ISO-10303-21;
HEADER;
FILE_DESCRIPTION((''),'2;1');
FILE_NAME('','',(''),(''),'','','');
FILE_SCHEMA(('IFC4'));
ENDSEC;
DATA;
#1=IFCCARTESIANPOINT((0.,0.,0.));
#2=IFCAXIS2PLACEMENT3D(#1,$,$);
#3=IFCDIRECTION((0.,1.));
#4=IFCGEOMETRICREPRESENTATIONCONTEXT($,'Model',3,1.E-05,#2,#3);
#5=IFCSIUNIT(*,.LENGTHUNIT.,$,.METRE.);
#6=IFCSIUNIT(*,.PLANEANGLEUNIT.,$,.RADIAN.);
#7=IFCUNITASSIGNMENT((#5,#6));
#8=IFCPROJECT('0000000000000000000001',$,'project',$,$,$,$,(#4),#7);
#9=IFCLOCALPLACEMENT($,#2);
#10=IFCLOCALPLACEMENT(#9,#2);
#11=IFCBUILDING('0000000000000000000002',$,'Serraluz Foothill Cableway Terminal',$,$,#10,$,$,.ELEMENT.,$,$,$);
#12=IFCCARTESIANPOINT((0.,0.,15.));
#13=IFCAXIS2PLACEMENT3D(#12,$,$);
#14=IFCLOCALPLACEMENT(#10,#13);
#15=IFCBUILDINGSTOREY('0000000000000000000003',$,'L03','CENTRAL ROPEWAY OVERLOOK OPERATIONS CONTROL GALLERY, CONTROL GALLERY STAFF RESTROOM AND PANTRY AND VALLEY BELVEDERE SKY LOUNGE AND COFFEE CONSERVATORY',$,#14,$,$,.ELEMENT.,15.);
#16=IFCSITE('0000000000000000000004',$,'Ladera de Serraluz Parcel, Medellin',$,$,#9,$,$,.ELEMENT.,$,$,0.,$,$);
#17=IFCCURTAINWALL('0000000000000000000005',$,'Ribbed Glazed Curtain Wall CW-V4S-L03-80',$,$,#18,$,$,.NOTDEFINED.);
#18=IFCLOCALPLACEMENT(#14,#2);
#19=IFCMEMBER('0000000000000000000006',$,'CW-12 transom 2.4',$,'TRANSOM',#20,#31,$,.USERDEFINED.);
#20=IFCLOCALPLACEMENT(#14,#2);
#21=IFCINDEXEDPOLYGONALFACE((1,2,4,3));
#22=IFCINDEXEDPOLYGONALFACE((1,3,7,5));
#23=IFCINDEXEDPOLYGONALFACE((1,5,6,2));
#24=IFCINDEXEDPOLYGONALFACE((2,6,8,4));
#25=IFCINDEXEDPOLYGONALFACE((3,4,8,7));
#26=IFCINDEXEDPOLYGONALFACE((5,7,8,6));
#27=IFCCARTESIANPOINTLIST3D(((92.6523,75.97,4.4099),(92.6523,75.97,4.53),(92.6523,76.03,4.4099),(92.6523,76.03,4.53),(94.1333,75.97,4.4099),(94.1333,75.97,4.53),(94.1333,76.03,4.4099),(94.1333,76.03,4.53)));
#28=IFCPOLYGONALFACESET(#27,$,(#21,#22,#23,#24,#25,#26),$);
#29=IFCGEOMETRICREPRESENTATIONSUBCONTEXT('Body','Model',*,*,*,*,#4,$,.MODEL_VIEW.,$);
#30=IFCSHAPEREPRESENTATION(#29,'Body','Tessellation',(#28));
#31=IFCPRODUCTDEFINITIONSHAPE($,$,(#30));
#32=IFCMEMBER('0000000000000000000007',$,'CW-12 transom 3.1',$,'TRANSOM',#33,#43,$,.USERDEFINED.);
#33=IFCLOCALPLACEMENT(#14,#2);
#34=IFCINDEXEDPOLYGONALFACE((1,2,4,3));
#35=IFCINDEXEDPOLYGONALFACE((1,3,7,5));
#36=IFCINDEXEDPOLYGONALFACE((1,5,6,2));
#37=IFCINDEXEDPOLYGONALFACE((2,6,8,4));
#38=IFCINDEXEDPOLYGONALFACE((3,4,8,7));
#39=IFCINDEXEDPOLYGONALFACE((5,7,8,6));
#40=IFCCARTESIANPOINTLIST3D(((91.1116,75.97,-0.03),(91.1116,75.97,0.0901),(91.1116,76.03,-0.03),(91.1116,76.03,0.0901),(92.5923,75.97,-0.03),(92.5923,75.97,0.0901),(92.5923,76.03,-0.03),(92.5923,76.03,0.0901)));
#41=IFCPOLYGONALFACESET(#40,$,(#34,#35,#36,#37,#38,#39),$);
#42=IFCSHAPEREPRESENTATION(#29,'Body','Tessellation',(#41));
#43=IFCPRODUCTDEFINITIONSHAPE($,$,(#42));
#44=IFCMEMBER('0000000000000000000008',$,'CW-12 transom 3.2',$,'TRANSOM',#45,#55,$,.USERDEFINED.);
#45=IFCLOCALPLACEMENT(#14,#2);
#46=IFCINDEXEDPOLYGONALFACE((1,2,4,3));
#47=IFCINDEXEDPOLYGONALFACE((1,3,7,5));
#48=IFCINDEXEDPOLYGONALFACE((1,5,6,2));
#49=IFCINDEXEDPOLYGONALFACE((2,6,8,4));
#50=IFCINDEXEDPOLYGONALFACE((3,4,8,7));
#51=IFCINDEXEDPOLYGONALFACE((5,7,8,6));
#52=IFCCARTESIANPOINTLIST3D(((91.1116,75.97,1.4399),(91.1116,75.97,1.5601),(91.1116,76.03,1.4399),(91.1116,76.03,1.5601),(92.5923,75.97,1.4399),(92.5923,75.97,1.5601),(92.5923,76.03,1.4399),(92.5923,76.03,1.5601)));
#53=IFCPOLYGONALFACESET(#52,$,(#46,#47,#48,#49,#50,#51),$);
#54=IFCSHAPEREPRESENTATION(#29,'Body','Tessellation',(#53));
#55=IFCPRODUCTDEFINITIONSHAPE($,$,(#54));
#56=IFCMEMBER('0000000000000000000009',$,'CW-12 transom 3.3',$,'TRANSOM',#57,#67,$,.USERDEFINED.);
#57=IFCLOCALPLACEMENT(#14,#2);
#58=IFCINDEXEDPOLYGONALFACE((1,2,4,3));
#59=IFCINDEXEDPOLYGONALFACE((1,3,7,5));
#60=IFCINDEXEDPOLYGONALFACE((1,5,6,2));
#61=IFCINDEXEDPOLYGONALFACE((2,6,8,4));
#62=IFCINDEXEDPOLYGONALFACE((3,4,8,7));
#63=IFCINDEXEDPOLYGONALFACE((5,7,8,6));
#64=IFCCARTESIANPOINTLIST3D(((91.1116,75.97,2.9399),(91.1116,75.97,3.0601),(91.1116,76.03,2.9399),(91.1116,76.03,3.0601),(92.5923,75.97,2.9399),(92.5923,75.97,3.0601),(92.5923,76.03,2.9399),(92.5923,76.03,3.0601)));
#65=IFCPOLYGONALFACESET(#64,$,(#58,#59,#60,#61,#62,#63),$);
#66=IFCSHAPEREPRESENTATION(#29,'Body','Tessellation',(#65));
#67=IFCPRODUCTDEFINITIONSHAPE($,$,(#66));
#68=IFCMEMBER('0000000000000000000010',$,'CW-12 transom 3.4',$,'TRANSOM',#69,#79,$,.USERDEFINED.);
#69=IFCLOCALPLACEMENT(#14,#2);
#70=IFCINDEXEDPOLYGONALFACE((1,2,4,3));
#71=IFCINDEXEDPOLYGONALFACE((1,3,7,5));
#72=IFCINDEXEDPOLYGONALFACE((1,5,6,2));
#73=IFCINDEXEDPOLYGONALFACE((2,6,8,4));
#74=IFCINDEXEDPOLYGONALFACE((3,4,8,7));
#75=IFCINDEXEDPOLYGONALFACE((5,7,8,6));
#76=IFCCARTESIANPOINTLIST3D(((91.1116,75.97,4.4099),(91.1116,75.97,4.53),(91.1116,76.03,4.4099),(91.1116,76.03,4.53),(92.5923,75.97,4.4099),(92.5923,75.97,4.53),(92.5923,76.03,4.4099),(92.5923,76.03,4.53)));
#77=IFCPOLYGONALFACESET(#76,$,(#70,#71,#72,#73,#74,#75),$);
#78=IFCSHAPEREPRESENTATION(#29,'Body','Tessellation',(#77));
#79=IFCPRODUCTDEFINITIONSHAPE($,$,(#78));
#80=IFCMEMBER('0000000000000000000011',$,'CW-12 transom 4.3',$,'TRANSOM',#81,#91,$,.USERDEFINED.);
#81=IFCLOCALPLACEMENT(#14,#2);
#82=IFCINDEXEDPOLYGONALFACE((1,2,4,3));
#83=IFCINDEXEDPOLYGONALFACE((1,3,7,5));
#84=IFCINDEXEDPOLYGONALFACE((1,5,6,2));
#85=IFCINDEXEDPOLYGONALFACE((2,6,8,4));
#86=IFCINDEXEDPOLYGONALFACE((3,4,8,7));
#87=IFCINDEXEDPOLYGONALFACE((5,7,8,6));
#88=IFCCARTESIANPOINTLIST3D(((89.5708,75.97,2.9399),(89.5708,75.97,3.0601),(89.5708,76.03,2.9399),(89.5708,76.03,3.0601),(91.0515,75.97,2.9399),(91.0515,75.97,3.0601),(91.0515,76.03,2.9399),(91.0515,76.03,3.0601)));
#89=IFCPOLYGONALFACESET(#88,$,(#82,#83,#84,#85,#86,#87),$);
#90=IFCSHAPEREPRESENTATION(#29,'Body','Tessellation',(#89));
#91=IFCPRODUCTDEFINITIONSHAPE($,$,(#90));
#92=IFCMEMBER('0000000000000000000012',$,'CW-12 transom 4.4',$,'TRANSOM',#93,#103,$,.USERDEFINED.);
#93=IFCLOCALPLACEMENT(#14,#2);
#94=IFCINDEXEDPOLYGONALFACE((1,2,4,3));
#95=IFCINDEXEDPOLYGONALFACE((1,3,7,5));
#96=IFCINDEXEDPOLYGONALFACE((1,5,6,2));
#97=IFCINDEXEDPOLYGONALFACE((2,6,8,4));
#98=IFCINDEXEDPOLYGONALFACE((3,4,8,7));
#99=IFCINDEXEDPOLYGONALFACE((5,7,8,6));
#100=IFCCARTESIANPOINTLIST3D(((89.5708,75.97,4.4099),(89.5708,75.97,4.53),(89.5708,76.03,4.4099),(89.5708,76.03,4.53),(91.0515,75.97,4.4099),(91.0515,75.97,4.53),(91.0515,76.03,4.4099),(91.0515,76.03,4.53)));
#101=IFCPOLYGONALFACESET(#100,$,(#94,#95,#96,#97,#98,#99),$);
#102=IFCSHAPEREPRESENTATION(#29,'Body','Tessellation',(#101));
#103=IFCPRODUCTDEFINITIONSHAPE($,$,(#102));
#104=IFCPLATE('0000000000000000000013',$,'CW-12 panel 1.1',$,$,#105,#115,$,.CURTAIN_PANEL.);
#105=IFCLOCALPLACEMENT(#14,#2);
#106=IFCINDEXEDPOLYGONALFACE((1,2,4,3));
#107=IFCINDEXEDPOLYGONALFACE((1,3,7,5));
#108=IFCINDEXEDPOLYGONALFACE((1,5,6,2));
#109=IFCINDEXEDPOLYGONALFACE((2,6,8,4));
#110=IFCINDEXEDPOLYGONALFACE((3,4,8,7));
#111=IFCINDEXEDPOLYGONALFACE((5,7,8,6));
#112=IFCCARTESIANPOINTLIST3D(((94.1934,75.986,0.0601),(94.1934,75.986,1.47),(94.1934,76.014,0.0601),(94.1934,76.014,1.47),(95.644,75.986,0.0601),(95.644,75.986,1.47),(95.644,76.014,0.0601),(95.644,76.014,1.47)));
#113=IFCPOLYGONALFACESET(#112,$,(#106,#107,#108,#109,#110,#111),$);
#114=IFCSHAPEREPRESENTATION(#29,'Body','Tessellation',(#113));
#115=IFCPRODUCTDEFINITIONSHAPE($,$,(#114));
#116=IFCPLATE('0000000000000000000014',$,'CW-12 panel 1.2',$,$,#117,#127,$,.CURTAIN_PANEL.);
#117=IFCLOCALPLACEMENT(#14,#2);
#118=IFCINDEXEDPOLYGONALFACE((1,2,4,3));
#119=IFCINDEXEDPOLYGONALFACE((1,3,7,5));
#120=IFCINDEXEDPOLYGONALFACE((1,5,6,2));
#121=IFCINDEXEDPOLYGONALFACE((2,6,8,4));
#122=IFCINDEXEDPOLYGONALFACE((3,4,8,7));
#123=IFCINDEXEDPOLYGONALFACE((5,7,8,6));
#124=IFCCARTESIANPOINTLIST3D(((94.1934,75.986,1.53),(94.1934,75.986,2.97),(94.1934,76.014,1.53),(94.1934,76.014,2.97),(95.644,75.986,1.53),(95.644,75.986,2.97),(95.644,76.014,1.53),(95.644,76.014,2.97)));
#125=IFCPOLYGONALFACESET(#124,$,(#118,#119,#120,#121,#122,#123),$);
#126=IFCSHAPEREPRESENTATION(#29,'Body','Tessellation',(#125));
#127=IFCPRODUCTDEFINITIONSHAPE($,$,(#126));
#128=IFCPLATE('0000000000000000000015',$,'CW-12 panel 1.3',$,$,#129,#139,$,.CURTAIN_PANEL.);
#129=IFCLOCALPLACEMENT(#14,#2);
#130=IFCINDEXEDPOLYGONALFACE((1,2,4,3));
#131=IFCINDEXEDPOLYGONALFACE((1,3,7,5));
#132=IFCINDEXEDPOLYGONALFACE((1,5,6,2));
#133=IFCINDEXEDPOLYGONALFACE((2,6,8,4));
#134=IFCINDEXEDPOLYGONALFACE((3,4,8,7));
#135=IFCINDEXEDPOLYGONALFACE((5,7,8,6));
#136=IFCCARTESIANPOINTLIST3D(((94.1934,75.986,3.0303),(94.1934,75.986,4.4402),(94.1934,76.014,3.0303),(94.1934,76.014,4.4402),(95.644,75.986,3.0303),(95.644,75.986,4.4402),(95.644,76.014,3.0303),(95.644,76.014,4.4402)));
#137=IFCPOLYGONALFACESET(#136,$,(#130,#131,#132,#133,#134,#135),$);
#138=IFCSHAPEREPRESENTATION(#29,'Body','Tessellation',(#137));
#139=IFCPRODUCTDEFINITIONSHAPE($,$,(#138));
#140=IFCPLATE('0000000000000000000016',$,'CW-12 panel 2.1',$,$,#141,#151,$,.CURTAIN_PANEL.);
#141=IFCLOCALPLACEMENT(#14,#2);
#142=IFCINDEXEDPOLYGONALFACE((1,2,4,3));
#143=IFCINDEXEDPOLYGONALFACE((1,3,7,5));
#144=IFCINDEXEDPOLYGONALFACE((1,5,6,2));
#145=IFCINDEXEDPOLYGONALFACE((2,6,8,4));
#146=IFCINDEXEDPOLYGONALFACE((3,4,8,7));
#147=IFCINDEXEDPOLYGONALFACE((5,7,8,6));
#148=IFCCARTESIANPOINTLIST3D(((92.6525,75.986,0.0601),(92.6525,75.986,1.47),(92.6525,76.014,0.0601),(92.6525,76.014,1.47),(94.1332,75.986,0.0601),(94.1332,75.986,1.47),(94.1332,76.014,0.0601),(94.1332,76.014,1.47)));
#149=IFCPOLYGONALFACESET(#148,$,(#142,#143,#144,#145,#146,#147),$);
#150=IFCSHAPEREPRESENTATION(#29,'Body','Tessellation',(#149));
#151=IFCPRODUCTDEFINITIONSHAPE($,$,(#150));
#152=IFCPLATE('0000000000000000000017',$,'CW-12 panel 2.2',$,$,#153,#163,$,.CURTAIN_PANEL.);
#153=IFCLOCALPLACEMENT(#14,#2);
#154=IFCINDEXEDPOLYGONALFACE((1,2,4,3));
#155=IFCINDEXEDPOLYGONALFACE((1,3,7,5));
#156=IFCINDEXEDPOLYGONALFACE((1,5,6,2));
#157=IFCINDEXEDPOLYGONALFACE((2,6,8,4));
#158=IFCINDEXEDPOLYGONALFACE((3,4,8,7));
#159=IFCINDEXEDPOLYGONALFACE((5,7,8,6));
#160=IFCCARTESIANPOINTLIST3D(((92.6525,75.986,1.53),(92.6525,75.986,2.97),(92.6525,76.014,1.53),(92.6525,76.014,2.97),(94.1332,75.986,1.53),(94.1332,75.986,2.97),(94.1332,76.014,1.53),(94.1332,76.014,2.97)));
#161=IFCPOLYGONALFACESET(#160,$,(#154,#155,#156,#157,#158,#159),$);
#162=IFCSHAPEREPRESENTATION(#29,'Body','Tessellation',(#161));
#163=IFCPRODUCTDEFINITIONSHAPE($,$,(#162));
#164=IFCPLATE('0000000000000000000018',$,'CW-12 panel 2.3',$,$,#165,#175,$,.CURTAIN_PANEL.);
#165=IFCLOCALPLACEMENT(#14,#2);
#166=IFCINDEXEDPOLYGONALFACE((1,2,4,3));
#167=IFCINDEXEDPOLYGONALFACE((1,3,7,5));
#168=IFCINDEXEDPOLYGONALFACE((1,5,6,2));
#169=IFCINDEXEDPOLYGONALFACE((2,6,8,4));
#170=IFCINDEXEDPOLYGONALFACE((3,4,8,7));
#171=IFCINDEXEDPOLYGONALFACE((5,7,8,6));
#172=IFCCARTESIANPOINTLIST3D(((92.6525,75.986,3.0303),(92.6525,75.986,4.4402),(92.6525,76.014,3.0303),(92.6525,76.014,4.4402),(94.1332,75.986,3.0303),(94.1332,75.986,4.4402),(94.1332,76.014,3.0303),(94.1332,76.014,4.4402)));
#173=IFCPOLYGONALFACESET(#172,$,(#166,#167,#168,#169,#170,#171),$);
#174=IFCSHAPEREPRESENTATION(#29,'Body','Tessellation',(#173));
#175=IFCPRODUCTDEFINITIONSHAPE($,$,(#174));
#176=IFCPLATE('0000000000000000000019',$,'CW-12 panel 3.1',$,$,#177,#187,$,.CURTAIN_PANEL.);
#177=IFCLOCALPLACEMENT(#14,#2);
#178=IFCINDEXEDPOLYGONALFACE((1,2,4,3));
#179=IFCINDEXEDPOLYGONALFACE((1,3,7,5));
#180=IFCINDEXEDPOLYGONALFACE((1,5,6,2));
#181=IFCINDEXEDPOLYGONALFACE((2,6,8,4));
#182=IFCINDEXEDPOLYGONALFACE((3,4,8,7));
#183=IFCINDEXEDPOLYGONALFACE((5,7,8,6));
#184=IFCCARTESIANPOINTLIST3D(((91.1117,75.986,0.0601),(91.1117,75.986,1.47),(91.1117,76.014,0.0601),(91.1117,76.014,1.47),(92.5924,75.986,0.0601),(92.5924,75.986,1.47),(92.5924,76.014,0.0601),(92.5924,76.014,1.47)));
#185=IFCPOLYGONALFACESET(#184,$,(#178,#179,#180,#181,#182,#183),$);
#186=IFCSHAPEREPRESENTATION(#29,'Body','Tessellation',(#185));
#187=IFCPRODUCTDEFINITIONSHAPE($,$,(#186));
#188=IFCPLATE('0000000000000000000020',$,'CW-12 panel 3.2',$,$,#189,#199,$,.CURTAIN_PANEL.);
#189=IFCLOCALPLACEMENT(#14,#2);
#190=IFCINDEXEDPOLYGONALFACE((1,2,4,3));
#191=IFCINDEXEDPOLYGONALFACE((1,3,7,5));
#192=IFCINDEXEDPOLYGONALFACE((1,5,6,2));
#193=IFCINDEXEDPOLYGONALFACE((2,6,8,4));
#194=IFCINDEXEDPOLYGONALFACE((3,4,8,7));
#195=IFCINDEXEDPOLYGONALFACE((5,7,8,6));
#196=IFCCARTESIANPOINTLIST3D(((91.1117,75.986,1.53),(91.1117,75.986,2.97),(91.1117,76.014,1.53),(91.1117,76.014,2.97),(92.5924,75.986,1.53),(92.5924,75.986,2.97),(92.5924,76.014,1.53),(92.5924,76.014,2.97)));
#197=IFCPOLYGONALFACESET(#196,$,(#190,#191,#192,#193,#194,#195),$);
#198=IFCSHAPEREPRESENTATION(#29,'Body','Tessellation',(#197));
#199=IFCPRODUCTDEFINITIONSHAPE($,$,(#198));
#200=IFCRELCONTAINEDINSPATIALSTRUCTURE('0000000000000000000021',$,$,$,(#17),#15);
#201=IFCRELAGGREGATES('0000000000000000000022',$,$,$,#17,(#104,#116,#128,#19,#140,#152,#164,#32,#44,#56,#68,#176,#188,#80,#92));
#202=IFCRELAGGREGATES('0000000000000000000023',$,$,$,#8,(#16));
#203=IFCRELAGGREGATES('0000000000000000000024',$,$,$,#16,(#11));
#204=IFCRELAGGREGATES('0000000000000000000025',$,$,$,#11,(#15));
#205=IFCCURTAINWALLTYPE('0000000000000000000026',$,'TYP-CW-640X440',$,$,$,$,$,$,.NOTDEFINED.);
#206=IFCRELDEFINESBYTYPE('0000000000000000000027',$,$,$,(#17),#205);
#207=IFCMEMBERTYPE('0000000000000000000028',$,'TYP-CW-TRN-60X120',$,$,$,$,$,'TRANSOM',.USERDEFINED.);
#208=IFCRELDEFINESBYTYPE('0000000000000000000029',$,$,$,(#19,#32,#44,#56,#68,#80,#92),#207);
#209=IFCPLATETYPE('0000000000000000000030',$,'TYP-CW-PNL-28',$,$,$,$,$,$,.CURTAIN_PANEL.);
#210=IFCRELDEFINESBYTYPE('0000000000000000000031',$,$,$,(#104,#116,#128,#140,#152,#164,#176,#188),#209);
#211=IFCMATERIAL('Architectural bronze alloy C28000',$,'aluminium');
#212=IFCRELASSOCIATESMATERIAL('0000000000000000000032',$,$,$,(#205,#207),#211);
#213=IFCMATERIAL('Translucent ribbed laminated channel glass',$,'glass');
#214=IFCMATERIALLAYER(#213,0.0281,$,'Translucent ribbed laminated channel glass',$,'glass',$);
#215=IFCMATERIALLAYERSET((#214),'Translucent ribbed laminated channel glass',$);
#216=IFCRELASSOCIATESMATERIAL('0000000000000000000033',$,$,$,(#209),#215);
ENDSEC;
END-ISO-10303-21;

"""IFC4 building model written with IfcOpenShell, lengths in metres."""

from ifc_helpers import new_model, si_unit, direction, frame, origin, origin_2d, place, context, subcontext, project, spatial, rectangle, extrude, material, layer, layer_set, material_profile, profile_set, type_object, element, aggregate, save


model = new_model("IFC4")

# Units and contexts
model_context = context("Model", 3, precision=1e-05, world=origin(), true_north=direction((0.0, 1.0)))
body_context = subcontext(model_context, "Body", "Model", "MODEL_VIEW")
ifc_project = project(units=[si_unit("LENGTHUNIT", "METRE"), si_unit("PLANEANGLEUNIT", "RADIAN")], contexts=[model_context])

# Site, building, storey
site_placement = place(None, origin())
site = spatial("IfcSite", under=ifc_project, at=site_placement, Name="Ladera de Serraluz Parcel, Medellin", CompositionType="ELEMENT", RefElevation=0.0)
building_placement = place(site_placement, origin())
building = spatial("IfcBuilding", under=site, at=building_placement, Name="Serraluz Foothill Cableway Terminal", CompositionType="ELEMENT")
storey_placement = place(building_placement, frame((0.0, 0.0, 15.0)))
storey = spatial("IfcBuildingStorey", under=building, at=storey_placement, Name="L03", Description="CENTRAL ROPEWAY OVERLOOK OPERATIONS CONTROL GALLERY, CONTROL GALLERY STAFF RESTROOM AND PANTRY AND VALLEY BELVEDERE SKY LOUNGE AND COFFEE CONSERVATORY", CompositionType="ELEMENT", Elevation=15.0)

# Curtain wall, members, plates
ifc_material_1 = material(Name="Architectural bronze alloy C28000", Category="aluminium")
curtain_wall_type = type_object("IfcCurtainWallType", Name="TYP-CW-640X440", PredefinedType="NOTDEFINED", material=ifc_material_1)
curtain_wall_placement = place(storey_placement, origin())
curtain_wall = element("IfcCurtainWall", 1, at=curtain_wall_placement, inside=storey, type_object=curtain_wall_type, Name="Ribbed Glazed Curtain Wall CW-V4S-L03-80", PredefinedType="NOTDEFINED")
ifc_material_profile_1 = material_profile(ifc_material_1, rectangle(XDim=0.0601, YDim=0.1201, at=origin_2d()), Name="ALU TRANSOM 60x120")
ifc_profile_set_1 = profile_set([ifc_material_profile_1], Name="Architectural bronze alloy C28000")
member_type_1 = type_object("IfcMemberType", Name="TYP-CW-TRN-60X120", ElementType="TRANSOM", PredefinedType="USERDEFINED", material=ifc_profile_set_1)
member_1_placement = place(storey_placement, frame((94.1333, 76.0, 4.47), z_axis=(-1.0, 0.0, 0.0), x_axis=(0.0, -1.0, 0.0)))
member_1 = element("IfcMember", 2, at=member_1_placement, type_object=member_type_1, Name="CW-12 transom 2.4", ObjectType="TRANSOM", PredefinedType="USERDEFINED", context=body_context, shape_type="SweptSolid", body=[
    extrude(rectangle(XDim=0.0601, YDim=0.1201, at=origin_2d()), origin(), (0.0, 0.0, 1.0), 1.481),
])
member_2_placement = place(storey_placement, frame((92.5923, 76.0, 0.03), z_axis=(-1.0, 0.0, 0.0), x_axis=(0.0, -1.0, 0.0)))
member_2 = element("IfcMember", 3, at=member_2_placement, type_object=member_type_1, Name="CW-12 transom 3.1", ObjectType="TRANSOM", PredefinedType="USERDEFINED", context=body_context, shape_type="SweptSolid", body=[
    extrude(rectangle(XDim=0.0601, YDim=0.1201, at=origin_2d()), origin(), (0.0, 0.0, 1.0), 1.4807),
])
member_3_placement = place(storey_placement, frame((92.5923, 76.0, 1.5), z_axis=(-1.0, 0.0, 0.0), x_axis=(0.0, -1.0, 0.0)))
member_3 = element("IfcMember", 4, at=member_3_placement, type_object=member_type_1, Name="CW-12 transom 3.2", ObjectType="TRANSOM", PredefinedType="USERDEFINED", context=body_context, shape_type="SweptSolid", body=[
    extrude(rectangle(XDim=0.0601, YDim=0.1201, at=origin_2d()), origin(), (0.0, 0.0, 1.0), 1.4807),
])
member_4_placement = place(storey_placement, frame((92.5923, 76.0, 3.0), z_axis=(-1.0, 0.0, 0.0), x_axis=(0.0, -1.0, 0.0)))
member_4 = element("IfcMember", 5, at=member_4_placement, type_object=member_type_1, Name="CW-12 transom 3.3", ObjectType="TRANSOM", PredefinedType="USERDEFINED", context=body_context, shape_type="SweptSolid", body=[
    extrude(rectangle(XDim=0.0601, YDim=0.1201, at=origin_2d()), origin(), (0.0, 0.0, 1.0), 1.4807),
])
member_5_placement = place(storey_placement, frame((92.5923, 76.0, 4.47), z_axis=(-1.0, 0.0, 0.0), x_axis=(0.0, -1.0, 0.0)))
member_5 = element("IfcMember", 6, at=member_5_placement, type_object=member_type_1, Name="CW-12 transom 3.4", ObjectType="TRANSOM", PredefinedType="USERDEFINED", context=body_context, shape_type="SweptSolid", body=[
    extrude(rectangle(XDim=0.0601, YDim=0.1201, at=origin_2d()), origin(), (0.0, 0.0, 1.0), 1.4807),
])
member_6_placement = place(storey_placement, frame((91.0515, 76.0, 3.0), z_axis=(-1.0, 0.0, 0.0), x_axis=(0.0, -1.0, 0.0)))
member_6 = element("IfcMember", 7, at=member_6_placement, type_object=member_type_1, Name="CW-12 transom 4.3", ObjectType="TRANSOM", PredefinedType="USERDEFINED", context=body_context, shape_type="SweptSolid", body=[
    extrude(rectangle(XDim=0.0601, YDim=0.1201, at=origin_2d()), origin(), (0.0, 0.0, 1.0), 1.4807),
])
member_7_placement = place(storey_placement, frame((91.0515, 76.0, 4.47), z_axis=(-1.0, 0.0, 0.0), x_axis=(0.0, -1.0, 0.0)))
member_7 = element("IfcMember", 8, at=member_7_placement, type_object=member_type_1, Name="CW-12 transom 4.4", ObjectType="TRANSOM", PredefinedType="USERDEFINED", context=body_context, shape_type="SweptSolid", body=[
    extrude(rectangle(XDim=0.0601, YDim=0.1201, at=origin_2d()), origin(), (0.0, 0.0, 1.0), 1.4807),
])
ifc_material_2 = material(Name="Translucent ribbed laminated channel glass", Category="glass")
ifc_layer_1 = layer(ifc_material_2, 0.0281, Name="Translucent ribbed laminated channel glass", Category="glass")
ifc_layer_set_1 = layer_set([ifc_layer_1], Name="Translucent ribbed laminated channel glass")
plate_type = type_object("IfcPlateType", Name="TYP-CW-PNL-28", PredefinedType="CURTAIN_PANEL", material=ifc_layer_set_1)
plate_1_placement = place(storey_placement, frame((94.9187, 76.0, 0.0601), z_axis=(0.0, 0.0, 1.0), x_axis=(-1.0, 0.0, 0.0)))
plate_1 = element("IfcPlate", 9, at=plate_1_placement, type_object=plate_type, Name="CW-12 panel 1.1", PredefinedType="CURTAIN_PANEL", context=body_context, shape_type="SweptSolid", body=[
    extrude(rectangle(XDim=1.4507, YDim=0.0281, at=origin_2d()), origin(), (0.0, 0.0, 1.0), 1.4099),
])
plate_2_placement = place(storey_placement, frame((94.9187, 76.0, 1.53), z_axis=(0.0, 0.0, 1.0), x_axis=(-1.0, 0.0, 0.0)))
plate_2 = element("IfcPlate", 10, at=plate_2_placement, type_object=plate_type, Name="CW-12 panel 1.2", PredefinedType="CURTAIN_PANEL", context=body_context, shape_type="SweptSolid", body=[
    extrude(rectangle(XDim=1.4507, YDim=0.0281, at=origin_2d()), origin(), (0.0, 0.0, 1.0), 1.4399),
])
plate_3_placement = place(storey_placement, frame((94.9187, 76.0, 3.0303), z_axis=(0.0, 0.0, 1.0), x_axis=(-1.0, 0.0, 0.0)))
plate_3 = element("IfcPlate", 11, at=plate_3_placement, type_object=plate_type, Name="CW-12 panel 1.3", PredefinedType="CURTAIN_PANEL", context=body_context, shape_type="SweptSolid", body=[
    extrude(rectangle(XDim=1.4507, YDim=0.0281, at=origin_2d()), origin(), (0.0, 0.0, 1.0), 1.4099),
])
plate_4_placement = place(storey_placement, frame((93.3928, 76.0, 0.0601), z_axis=(0.0, 0.0, 1.0), x_axis=(-1.0, 0.0, 0.0)))
plate_4 = element("IfcPlate", 12, at=plate_4_placement, type_object=plate_type, Name="CW-12 panel 2.1", PredefinedType="CURTAIN_PANEL", context=body_context, shape_type="SweptSolid", body=[
    extrude(rectangle(XDim=1.4807, YDim=0.0281, at=origin_2d()), origin(), (0.0, 0.0, 1.0), 1.4099),
])
plate_5_placement = place(storey_placement, frame((93.3928, 76.0, 1.53), z_axis=(0.0, 0.0, 1.0), x_axis=(-1.0, 0.0, 0.0)))
plate_5 = element("IfcPlate", 13, at=plate_5_placement, type_object=plate_type, Name="CW-12 panel 2.2", PredefinedType="CURTAIN_PANEL", context=body_context, shape_type="SweptSolid", body=[
    extrude(rectangle(XDim=1.4807, YDim=0.0281, at=origin_2d()), origin(), (0.0, 0.0, 1.0), 1.4399),
])
plate_6_placement = place(storey_placement, frame((93.3928, 76.0, 3.0303), z_axis=(0.0, 0.0, 1.0), x_axis=(-1.0, 0.0, 0.0)))
plate_6 = element("IfcPlate", 14, at=plate_6_placement, type_object=plate_type, Name="CW-12 panel 2.3", PredefinedType="CURTAIN_PANEL", context=body_context, shape_type="SweptSolid", body=[
    extrude(rectangle(XDim=1.4807, YDim=0.0281, at=origin_2d()), origin(), (0.0, 0.0, 1.0), 1.4099),
])
plate_7_placement = place(storey_placement, frame((91.8521, 76.0, 0.0601), z_axis=(0.0, 0.0, 1.0), x_axis=(-1.0, 0.0, 0.0)))
plate_7 = element("IfcPlate", 15, at=plate_7_placement, type_object=plate_type, Name="CW-12 panel 3.1", PredefinedType="CURTAIN_PANEL", context=body_context, shape_type="SweptSolid", body=[
    extrude(rectangle(XDim=1.4807, YDim=0.0281, at=origin_2d()), origin(), (0.0, 0.0, 1.0), 1.4099),
])
plate_8_placement = place(storey_placement, frame((91.8521, 76.0, 1.53), z_axis=(0.0, 0.0, 1.0), x_axis=(-1.0, 0.0, 0.0)))
plate_8 = element("IfcPlate", 16, at=plate_8_placement, type_object=plate_type, Name="CW-12 panel 3.2", PredefinedType="CURTAIN_PANEL", context=body_context, shape_type="SweptSolid", body=[
    extrude(rectangle(XDim=1.4807, YDim=0.0281, at=origin_2d()), origin(), (0.0, 0.0, 1.0), 1.4399),
])
aggregate(curtain_wall, [plate_1, plate_2, plate_3, member_1, plate_4, plate_5, plate_6, member_2, member_3, member_4, member_5, plate_7, plate_8, member_6, member_7])

save(model, "model.ifc")
